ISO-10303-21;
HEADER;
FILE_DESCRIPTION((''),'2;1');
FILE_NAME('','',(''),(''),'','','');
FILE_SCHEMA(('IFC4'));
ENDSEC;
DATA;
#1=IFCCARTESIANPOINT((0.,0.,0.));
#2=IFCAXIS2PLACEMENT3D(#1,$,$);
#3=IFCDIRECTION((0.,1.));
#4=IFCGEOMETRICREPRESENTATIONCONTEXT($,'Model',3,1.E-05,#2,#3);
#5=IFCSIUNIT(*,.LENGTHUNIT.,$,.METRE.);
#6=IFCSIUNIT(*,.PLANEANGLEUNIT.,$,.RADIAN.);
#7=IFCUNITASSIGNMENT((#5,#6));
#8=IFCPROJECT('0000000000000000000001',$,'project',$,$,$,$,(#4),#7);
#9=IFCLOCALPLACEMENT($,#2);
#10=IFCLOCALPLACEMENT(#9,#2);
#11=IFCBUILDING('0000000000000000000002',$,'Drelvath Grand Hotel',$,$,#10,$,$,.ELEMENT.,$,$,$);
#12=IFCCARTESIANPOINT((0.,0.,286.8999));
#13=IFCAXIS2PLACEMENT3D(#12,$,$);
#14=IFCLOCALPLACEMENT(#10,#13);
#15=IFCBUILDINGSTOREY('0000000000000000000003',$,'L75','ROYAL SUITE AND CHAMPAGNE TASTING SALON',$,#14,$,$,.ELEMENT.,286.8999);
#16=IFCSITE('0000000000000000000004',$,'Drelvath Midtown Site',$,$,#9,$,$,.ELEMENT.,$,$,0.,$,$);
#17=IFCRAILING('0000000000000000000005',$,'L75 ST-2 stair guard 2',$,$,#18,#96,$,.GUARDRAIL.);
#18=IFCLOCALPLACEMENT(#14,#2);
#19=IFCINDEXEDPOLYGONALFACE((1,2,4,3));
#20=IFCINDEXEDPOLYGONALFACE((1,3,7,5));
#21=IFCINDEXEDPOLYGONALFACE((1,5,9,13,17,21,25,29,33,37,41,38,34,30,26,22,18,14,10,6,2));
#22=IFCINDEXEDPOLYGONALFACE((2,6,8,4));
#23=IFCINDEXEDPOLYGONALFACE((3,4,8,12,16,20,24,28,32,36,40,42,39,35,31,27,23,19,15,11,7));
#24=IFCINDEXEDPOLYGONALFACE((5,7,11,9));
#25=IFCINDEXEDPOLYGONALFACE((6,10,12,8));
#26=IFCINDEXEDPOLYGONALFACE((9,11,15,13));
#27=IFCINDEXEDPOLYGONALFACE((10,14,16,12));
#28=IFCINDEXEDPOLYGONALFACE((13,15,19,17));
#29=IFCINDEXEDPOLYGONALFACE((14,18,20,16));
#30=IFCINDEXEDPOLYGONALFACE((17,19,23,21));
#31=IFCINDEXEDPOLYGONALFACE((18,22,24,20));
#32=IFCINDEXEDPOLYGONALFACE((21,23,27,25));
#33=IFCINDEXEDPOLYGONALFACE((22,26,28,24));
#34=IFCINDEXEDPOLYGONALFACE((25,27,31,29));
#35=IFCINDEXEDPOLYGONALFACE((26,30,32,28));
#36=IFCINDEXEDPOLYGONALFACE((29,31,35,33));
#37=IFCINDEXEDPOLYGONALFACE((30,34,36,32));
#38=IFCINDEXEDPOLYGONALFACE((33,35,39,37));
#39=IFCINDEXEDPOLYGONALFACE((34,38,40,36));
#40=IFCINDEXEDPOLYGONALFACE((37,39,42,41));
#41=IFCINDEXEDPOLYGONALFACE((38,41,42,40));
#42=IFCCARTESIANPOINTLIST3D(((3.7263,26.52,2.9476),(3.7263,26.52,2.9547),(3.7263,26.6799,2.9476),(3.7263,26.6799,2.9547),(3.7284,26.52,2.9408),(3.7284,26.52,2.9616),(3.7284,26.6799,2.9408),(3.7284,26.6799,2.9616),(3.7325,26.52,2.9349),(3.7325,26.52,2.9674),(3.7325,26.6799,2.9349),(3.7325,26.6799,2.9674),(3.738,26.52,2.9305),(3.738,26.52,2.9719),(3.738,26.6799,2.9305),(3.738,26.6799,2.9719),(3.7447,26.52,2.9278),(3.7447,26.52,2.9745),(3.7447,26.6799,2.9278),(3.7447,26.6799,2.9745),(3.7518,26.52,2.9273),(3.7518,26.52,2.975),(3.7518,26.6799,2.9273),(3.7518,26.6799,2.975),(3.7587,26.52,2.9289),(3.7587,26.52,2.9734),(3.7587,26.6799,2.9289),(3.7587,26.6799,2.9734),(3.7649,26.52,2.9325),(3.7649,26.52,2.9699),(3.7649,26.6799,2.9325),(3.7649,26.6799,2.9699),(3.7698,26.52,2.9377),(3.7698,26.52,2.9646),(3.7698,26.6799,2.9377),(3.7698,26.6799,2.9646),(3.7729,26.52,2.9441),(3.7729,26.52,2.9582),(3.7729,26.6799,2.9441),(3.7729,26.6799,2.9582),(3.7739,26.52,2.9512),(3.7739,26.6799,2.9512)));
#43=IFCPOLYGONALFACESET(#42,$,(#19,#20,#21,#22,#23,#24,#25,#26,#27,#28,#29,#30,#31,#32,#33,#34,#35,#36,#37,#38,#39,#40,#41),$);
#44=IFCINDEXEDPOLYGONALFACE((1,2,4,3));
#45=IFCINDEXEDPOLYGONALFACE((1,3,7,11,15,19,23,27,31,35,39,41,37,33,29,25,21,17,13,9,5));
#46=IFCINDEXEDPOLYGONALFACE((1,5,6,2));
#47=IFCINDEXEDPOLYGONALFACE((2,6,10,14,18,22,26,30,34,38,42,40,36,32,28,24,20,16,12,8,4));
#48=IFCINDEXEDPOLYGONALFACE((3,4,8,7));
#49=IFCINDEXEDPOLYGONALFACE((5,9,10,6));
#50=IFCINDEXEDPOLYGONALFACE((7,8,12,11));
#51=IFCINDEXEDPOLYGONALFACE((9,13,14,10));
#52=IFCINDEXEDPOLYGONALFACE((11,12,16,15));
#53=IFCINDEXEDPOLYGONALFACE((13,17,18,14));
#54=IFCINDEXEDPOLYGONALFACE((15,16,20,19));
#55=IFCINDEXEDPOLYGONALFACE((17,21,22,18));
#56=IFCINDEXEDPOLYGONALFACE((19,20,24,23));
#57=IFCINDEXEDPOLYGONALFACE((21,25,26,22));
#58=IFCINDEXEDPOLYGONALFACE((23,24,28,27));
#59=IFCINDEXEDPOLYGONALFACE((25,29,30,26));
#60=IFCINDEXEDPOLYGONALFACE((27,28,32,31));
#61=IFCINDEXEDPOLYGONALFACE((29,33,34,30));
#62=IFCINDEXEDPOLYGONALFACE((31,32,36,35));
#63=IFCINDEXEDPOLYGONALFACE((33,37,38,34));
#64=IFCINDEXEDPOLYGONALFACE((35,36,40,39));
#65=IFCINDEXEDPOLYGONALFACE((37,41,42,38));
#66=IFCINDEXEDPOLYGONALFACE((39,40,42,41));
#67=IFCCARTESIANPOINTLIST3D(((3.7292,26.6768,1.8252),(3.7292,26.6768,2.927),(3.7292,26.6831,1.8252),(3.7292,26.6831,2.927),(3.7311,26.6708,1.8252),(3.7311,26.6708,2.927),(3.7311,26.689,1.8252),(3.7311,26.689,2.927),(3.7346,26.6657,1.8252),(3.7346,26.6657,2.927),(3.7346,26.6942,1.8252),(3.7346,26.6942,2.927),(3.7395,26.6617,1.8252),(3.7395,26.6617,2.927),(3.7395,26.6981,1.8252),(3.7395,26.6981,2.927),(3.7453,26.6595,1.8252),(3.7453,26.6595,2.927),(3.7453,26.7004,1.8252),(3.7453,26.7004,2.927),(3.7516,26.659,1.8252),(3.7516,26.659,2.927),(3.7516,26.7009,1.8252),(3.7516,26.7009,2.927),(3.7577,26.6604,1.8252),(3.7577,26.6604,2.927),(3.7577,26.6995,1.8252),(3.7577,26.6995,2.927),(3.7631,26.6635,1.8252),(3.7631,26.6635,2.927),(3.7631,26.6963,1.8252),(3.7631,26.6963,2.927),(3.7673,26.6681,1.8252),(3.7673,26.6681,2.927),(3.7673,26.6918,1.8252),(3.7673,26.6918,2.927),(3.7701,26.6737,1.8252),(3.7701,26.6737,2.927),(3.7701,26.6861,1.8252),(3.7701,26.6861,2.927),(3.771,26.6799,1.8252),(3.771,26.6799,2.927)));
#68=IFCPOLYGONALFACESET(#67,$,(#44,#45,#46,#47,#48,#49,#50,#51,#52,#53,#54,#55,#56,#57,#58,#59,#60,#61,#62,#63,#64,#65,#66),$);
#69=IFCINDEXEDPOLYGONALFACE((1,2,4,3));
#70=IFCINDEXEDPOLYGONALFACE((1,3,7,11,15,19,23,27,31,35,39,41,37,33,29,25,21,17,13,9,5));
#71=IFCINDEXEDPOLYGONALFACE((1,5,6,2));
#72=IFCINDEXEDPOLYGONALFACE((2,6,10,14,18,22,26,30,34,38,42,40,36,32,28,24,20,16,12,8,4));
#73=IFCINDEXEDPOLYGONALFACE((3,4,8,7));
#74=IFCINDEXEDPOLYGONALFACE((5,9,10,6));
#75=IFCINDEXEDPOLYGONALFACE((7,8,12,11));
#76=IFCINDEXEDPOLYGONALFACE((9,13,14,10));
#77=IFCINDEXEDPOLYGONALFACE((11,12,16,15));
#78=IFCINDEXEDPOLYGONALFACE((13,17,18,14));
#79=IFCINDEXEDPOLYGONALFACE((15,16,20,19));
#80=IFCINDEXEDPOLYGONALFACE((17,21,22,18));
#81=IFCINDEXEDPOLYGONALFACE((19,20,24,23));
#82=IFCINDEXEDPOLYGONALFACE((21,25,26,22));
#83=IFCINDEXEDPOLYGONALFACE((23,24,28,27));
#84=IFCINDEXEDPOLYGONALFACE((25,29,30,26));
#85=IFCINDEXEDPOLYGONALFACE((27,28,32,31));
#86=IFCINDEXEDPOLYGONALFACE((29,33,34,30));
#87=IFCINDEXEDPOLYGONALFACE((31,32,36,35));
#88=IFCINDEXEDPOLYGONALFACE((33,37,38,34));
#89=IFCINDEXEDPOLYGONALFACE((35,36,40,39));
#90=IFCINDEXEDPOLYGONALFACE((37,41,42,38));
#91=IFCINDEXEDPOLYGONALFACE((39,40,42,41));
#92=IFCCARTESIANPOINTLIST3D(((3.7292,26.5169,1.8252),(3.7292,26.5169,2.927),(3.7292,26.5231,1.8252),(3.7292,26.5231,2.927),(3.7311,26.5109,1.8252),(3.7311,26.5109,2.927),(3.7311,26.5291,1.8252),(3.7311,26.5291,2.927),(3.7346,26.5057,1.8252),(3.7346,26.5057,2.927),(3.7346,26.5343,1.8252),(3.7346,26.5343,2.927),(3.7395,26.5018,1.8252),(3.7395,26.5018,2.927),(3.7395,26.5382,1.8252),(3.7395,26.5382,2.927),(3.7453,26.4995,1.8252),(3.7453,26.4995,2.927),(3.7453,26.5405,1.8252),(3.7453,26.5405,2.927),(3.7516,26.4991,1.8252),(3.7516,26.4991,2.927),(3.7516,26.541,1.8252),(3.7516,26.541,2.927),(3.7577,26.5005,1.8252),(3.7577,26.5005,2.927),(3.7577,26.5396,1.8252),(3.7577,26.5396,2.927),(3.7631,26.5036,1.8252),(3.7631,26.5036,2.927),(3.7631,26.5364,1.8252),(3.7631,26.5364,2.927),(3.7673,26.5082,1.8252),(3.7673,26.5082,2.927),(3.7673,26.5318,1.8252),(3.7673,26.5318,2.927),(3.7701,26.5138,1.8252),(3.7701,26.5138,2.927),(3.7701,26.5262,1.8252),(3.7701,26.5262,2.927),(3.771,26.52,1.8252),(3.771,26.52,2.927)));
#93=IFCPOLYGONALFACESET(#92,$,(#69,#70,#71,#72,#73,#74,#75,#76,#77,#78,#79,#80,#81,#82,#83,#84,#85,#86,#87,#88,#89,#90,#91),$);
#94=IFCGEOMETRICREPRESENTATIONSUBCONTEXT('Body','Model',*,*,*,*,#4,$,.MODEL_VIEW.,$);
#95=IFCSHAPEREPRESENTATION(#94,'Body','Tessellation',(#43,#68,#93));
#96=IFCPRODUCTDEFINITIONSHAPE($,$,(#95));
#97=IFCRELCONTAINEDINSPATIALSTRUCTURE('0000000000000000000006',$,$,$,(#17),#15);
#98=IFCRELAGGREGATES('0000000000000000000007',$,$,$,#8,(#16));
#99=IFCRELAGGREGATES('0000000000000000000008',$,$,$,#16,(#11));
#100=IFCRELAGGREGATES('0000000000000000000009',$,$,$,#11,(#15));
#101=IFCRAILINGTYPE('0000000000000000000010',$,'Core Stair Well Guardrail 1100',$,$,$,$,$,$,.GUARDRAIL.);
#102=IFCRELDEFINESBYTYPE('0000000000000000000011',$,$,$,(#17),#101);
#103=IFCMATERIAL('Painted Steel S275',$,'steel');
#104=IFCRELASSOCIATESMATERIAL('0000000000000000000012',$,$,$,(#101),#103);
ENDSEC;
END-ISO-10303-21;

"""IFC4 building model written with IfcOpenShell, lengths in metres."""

from ifc_helpers import new_model, si_unit, direction, frame, origin, origin_2d, place, context, subcontext, project, spatial, circle, extrude, material, type_object, element, save


model = new_model("IFC4")

# Units and contexts
model_context = context("Model", 3, precision=1e-05, world=origin(), true_north=direction((0.0, 1.0)))
body_context = subcontext(model_context, "Body", "Model", "MODEL_VIEW")
ifc_project = project(units=[si_unit("LENGTHUNIT", "METRE"), si_unit("PLANEANGLEUNIT", "RADIAN")], contexts=[model_context])

# Site, building, storey
site_placement = place(None, origin())
site = spatial("IfcSite", under=ifc_project, at=site_placement, Name="Drelvath Midtown Site", CompositionType="ELEMENT", RefElevation=0.0)
building_placement = place(site_placement, origin())
building = spatial("IfcBuilding", under=site, at=building_placement, Name="Drelvath Grand Hotel", CompositionType="ELEMENT")
storey_placement = place(building_placement, frame((0.0, 0.0, 286.8999)))
storey = spatial("IfcBuildingStorey", under=building, at=storey_placement, Name="L75", Description="ROYAL SUITE AND CHAMPAGNE TASTING SALON", CompositionType="ELEMENT", Elevation=286.8999)

# Railing
ifc_material_1 = material(Name="Painted Steel S275", Category="steel")
railing_type_1 = type_object("IfcRailingType", Name="Core Stair Well Guardrail 1100", PredefinedType="GUARDRAIL", material=ifc_material_1)
railing_1_placement = place(storey_placement, frame((3.75, 26.6799, 1.8252)))
element("IfcRailing", 1, at=railing_1_placement, inside=storey, type_object=railing_type_1, Name="L75 ST-2 stair guard 2", PredefinedType="GUARDRAIL", context=body_context, shape_type="SweptSolid", body=[
    extrude(circle(Radius=0.0239, at=origin_2d()), frame((0.0, 0.0, 1.126), z_axis=(0.0, -1.0, 0.0), x_axis=(1.0, 0.0, 0.0)), (0.0, 0.0, 1.0), 0.1599),
    extrude(circle(Radius=0.021, at=origin_2d()), origin(), (0.0, 0.0, 1.0), 1.1018),
    extrude(circle(Radius=0.021, at=origin_2d()), frame((0.0, -0.1599, 0.0)), (0.0, 0.0, 1.0), 1.1018),
])

save(model, "model.ifc")
